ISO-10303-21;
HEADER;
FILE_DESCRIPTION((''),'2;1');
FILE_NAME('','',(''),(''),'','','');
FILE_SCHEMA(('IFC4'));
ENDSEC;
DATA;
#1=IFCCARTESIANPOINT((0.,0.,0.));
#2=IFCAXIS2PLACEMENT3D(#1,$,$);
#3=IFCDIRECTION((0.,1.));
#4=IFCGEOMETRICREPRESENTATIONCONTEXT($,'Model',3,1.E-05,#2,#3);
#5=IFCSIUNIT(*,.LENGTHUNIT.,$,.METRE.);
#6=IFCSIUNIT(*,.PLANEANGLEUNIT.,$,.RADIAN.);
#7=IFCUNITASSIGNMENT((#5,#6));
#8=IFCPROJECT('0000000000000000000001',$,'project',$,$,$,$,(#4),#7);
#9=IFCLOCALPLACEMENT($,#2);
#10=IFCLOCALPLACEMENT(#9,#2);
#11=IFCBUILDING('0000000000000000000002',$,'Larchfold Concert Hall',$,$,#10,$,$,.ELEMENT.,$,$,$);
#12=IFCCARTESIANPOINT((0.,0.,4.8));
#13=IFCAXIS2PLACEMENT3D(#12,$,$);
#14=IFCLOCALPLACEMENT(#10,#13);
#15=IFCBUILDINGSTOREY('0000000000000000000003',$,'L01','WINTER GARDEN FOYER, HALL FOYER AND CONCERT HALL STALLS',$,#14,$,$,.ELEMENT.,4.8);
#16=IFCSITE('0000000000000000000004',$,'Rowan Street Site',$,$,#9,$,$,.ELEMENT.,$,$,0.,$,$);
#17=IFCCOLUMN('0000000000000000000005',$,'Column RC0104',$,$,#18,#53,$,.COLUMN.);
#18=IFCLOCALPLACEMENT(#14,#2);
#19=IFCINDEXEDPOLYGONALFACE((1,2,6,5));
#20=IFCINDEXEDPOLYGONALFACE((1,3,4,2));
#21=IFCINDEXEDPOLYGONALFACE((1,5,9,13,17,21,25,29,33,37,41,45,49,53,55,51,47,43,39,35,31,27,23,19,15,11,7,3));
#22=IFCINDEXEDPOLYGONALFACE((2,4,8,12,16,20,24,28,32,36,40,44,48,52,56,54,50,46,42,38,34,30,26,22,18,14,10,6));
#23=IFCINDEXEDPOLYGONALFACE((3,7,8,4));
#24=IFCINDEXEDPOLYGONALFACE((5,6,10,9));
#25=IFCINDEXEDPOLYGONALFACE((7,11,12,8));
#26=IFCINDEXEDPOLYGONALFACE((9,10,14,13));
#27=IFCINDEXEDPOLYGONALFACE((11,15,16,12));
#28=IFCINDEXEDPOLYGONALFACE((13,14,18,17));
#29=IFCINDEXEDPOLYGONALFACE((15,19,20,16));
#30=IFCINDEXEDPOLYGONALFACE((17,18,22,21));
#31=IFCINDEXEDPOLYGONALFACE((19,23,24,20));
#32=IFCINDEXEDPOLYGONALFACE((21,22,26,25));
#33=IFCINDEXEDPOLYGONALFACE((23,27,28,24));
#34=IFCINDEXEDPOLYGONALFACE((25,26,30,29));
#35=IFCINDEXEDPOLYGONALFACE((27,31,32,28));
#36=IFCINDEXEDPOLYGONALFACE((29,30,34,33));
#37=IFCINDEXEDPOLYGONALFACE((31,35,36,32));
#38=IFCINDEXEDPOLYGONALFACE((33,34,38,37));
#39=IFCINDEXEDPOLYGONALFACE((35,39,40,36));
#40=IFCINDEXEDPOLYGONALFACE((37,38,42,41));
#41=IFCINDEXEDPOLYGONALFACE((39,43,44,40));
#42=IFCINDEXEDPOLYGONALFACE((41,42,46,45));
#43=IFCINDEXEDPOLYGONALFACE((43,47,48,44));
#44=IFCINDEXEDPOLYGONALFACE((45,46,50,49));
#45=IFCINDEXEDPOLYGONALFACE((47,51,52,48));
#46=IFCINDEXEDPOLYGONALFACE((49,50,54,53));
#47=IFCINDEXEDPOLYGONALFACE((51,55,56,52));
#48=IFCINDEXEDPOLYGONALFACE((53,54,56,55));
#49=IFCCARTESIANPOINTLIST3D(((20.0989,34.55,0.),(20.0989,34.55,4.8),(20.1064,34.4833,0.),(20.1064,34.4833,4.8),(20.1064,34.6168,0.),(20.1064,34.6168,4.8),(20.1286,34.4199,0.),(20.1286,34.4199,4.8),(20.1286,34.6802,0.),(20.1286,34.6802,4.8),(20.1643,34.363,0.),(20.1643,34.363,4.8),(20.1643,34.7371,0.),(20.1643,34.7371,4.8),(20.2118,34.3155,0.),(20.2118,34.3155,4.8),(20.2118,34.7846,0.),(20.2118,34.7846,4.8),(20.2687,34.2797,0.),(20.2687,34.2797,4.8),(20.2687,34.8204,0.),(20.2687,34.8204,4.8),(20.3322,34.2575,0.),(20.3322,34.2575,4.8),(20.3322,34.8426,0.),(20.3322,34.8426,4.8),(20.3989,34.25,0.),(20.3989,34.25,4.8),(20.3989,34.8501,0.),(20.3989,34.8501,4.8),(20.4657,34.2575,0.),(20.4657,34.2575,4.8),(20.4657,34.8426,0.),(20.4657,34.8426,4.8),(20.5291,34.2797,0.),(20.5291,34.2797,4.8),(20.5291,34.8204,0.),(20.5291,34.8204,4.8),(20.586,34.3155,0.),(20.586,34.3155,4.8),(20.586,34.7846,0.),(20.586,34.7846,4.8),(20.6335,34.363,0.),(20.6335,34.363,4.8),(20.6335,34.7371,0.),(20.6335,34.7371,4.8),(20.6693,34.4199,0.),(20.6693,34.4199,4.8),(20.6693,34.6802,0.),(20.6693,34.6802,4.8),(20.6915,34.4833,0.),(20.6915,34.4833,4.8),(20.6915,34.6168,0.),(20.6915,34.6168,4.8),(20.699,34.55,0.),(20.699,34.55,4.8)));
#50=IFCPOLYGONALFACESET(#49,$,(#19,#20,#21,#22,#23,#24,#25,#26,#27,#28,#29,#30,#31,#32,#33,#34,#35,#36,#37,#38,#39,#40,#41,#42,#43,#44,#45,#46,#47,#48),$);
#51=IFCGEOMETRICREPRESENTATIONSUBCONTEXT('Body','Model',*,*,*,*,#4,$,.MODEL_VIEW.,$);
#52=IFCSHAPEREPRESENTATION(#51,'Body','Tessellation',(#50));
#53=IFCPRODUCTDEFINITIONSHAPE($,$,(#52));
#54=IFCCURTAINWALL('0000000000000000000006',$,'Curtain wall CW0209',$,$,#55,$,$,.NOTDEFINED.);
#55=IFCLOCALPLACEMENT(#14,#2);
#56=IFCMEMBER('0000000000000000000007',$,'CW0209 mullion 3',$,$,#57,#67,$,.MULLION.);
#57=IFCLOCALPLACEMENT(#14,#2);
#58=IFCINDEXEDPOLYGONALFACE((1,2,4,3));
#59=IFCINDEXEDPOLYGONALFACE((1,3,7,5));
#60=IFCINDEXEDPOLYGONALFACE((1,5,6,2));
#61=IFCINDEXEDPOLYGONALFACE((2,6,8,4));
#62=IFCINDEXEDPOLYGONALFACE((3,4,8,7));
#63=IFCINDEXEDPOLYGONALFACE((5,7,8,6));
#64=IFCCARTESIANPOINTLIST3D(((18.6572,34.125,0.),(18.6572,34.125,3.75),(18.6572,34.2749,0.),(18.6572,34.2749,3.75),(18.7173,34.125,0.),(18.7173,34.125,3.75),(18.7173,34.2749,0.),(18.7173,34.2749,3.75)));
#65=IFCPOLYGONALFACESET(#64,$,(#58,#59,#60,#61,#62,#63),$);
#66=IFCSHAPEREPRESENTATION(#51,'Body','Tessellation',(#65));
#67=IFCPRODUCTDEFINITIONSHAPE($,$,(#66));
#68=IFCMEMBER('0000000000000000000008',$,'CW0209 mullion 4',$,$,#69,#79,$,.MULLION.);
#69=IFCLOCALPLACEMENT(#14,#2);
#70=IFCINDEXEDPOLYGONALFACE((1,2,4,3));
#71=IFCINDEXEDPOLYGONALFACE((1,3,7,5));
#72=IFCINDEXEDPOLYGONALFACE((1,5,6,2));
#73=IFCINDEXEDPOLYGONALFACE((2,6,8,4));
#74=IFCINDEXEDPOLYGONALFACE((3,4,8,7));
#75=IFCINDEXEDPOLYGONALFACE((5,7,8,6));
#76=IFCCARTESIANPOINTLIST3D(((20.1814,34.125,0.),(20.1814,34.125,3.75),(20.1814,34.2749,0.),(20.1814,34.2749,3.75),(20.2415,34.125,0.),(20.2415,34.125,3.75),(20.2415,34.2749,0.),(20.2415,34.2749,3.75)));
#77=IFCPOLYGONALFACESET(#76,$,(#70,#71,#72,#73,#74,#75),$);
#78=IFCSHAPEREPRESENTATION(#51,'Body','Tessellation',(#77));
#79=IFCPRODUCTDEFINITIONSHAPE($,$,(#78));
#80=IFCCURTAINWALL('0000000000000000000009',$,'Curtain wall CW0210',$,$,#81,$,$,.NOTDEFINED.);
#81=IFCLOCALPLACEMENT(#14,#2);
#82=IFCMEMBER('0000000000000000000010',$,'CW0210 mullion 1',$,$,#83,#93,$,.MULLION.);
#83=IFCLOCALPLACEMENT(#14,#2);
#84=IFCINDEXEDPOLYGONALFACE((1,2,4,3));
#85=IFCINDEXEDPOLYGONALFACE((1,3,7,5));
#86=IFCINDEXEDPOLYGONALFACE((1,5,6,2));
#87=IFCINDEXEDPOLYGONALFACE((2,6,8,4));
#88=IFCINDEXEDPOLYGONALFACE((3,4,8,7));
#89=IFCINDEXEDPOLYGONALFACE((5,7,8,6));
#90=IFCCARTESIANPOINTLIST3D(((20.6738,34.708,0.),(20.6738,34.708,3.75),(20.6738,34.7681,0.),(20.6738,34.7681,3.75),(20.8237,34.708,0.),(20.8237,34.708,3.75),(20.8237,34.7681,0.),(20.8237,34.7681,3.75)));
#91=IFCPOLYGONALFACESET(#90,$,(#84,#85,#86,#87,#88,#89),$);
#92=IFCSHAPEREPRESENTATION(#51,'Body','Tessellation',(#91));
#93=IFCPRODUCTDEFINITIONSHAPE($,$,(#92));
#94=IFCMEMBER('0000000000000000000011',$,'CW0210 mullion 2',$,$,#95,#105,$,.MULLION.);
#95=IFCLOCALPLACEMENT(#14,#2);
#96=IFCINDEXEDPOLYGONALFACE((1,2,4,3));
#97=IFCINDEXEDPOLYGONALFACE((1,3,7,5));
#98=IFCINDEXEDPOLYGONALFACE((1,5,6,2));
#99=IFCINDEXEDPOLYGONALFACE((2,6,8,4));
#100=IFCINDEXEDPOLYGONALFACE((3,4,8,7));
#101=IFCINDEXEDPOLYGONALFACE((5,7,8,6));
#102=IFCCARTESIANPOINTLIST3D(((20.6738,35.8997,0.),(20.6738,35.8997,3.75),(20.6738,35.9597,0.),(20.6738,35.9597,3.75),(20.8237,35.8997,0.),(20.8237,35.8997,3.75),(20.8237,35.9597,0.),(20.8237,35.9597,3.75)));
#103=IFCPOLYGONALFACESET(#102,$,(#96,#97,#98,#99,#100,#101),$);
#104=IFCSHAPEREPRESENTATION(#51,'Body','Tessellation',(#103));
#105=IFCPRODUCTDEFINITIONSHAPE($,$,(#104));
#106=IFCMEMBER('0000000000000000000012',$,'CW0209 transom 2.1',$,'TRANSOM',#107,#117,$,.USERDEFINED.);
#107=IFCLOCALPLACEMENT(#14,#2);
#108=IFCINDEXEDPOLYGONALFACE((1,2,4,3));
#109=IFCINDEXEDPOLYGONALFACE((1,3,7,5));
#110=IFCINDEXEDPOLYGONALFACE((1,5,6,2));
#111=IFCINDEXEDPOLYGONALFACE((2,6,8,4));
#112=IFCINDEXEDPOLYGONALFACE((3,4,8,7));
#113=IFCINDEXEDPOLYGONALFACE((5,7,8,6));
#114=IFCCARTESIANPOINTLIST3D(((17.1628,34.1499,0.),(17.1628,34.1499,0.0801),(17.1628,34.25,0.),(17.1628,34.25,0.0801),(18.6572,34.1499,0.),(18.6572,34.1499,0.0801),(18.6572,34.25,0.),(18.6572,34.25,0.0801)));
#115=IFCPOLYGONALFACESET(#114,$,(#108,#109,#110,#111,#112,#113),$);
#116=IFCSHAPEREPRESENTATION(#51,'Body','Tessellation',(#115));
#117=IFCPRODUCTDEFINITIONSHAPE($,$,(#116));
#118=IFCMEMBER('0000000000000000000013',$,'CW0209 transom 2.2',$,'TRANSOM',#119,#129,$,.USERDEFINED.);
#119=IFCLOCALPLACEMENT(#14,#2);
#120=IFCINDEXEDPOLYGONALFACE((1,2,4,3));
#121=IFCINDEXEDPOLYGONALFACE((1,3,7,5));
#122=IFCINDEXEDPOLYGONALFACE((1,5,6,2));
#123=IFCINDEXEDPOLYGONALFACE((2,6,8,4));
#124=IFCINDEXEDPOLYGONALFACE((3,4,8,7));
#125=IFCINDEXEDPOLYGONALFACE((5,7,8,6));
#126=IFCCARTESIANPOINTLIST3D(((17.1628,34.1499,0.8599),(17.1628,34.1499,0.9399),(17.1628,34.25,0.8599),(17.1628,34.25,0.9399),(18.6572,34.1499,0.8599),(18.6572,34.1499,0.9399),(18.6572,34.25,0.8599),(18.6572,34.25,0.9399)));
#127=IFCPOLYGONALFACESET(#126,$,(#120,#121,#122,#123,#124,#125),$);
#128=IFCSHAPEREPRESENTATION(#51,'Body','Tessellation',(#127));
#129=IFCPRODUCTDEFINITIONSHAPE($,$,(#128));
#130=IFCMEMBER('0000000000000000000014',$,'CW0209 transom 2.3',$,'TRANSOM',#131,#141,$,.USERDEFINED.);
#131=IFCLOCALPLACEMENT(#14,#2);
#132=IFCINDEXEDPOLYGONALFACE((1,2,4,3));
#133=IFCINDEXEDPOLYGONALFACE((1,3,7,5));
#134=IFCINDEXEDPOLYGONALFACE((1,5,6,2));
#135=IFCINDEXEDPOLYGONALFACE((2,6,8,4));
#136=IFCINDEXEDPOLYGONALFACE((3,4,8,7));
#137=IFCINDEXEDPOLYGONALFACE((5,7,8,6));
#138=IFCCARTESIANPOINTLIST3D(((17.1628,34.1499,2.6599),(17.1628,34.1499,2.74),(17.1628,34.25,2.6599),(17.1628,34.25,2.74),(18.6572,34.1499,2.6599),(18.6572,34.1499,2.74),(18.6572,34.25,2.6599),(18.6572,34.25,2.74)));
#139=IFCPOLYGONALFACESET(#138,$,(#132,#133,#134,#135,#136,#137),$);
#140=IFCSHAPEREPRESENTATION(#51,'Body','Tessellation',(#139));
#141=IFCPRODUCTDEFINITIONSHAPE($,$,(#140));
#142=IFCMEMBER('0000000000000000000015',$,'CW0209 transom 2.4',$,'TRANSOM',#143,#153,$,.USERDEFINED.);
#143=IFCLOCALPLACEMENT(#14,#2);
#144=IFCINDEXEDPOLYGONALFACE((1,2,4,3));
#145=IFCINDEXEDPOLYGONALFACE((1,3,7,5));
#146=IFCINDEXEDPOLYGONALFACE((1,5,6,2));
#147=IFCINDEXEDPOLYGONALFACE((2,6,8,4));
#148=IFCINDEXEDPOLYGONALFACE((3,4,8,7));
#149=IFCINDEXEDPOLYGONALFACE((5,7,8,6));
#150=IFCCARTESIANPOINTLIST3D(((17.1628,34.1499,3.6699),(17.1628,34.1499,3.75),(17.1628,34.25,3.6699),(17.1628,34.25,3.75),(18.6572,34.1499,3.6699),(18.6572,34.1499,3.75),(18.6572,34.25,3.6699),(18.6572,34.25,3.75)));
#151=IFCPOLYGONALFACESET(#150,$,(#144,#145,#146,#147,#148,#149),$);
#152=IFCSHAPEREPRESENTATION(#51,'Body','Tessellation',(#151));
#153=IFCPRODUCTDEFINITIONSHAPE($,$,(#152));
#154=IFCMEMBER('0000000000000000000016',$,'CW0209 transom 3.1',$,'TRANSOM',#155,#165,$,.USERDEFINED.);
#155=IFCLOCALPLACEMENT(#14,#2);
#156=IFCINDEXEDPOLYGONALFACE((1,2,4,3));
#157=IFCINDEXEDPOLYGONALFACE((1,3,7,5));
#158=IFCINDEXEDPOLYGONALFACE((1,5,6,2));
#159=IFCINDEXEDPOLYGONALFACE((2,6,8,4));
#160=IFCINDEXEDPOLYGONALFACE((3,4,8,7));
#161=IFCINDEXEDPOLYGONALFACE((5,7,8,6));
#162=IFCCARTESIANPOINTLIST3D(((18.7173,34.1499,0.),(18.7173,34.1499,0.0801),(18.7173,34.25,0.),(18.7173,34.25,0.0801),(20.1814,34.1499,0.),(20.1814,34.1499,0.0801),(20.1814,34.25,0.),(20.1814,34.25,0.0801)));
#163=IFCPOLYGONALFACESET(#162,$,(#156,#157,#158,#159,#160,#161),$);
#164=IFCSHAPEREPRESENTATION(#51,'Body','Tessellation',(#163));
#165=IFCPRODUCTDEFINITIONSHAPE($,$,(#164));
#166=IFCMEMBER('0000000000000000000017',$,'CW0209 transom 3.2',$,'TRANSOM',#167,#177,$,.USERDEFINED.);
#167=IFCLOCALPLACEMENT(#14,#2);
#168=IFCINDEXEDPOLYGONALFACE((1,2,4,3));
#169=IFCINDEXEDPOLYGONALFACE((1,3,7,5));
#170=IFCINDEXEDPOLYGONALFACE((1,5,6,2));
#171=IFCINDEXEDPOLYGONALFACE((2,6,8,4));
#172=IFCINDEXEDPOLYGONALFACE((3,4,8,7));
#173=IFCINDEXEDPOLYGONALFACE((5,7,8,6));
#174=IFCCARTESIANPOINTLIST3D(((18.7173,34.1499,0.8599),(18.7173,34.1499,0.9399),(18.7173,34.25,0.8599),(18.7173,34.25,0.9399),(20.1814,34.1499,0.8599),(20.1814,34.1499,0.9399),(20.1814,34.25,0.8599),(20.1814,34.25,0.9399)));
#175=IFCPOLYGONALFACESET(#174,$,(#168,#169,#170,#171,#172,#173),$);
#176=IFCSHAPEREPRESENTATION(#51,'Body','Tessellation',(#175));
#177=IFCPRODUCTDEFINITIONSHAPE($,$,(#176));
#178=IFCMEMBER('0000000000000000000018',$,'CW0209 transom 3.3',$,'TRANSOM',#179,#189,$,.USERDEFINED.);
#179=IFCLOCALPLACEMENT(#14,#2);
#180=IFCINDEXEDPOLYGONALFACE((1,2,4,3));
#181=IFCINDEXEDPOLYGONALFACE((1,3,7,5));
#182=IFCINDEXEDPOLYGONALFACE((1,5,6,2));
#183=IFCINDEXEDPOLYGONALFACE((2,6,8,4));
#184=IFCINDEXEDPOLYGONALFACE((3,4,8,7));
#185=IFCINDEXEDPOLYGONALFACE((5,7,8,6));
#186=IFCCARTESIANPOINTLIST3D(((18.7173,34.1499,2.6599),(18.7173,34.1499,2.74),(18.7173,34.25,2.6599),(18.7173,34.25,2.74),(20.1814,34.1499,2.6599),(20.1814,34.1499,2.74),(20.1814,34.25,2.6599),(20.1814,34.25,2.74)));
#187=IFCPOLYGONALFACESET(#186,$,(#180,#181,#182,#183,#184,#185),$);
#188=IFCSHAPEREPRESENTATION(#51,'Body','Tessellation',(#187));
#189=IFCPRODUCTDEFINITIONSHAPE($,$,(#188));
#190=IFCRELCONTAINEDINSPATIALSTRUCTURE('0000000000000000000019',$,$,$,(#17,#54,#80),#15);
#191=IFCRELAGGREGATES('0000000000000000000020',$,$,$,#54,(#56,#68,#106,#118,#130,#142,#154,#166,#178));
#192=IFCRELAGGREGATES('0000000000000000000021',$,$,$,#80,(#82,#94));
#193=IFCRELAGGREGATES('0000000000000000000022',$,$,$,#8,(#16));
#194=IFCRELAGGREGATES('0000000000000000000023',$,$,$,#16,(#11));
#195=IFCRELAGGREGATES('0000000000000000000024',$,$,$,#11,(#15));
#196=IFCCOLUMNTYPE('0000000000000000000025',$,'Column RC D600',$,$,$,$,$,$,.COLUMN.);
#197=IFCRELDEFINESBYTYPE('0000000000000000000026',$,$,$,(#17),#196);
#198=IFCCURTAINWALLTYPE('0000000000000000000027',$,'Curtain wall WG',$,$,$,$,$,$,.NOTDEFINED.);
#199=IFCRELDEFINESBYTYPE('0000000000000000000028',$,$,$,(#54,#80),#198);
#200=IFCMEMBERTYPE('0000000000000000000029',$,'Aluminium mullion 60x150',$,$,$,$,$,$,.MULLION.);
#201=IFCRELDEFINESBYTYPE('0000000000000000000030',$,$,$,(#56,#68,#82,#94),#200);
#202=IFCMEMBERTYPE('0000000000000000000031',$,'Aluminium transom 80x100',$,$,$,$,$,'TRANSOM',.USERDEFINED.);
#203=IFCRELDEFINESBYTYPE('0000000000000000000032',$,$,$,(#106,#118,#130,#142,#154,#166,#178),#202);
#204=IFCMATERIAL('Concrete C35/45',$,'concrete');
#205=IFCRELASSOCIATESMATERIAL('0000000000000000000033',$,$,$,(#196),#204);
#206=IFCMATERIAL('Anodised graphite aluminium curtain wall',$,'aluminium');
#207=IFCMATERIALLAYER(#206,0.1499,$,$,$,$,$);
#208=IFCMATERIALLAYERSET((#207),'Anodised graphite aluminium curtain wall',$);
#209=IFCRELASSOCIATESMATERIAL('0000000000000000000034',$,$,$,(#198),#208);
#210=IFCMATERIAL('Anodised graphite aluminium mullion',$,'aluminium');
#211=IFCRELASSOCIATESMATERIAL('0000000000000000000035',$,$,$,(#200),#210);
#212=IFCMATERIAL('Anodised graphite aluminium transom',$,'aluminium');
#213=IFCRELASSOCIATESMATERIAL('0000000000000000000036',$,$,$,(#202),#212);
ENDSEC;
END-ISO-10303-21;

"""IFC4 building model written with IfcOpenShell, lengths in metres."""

from ifc_helpers import new_model, si_unit, direction, frame, origin, origin_2d, place, context, subcontext, project, spatial, rectangle, circle, extrude, material, layer, layer_set, material_profile, profile_set, type_object, element, aggregate, save


model = new_model("IFC4")

# Units and contexts
model_context = context("Model", 3, precision=1e-05, world=origin(), true_north=direction((0.0, 1.0)))
body_context = subcontext(model_context, "Body", "Model", "MODEL_VIEW")
ifc_project = project(units=[si_unit("LENGTHUNIT", "METRE"), si_unit("PLANEANGLEUNIT", "RADIAN")], contexts=[model_context])

# Site, building, storey
site_placement = place(None, origin())
site = spatial("IfcSite", under=ifc_project, at=site_placement, Name="Rowan Street Site", CompositionType="ELEMENT", RefElevation=0.0)
building_placement = place(site_placement, origin())
building = spatial("IfcBuilding", under=site, at=building_placement, Name="Larchfold Concert Hall", CompositionType="ELEMENT")
storey_placement = place(building_placement, frame((0.0, 0.0, 4.8)))
storey = spatial("IfcBuildingStorey", under=building, at=storey_placement, Name="L01", Description="WINTER GARDEN FOYER, HALL FOYER AND CONCERT HALL STALLS", CompositionType="ELEMENT", Elevation=4.8)

# Column
ifc_material_1 = material(Name="Concrete C35/45", Category="concrete")
ifc_material_profile_1 = material_profile(ifc_material_1, circle(Radius=0.3, at=origin_2d()))
ifc_profile_set_1 = profile_set([ifc_material_profile_1], Name="Concrete C35/45")
column_type = type_object("IfcColumnType", Name="Column RC D600", PredefinedType="COLUMN", material=ifc_profile_set_1)
column_placement = place(storey_placement, frame((20.3989, 34.55, 0.0), z_axis=(0.0, 0.0, 1.0), x_axis=(1.0, 0.0, 0.0)))
element("IfcColumn", 1, at=column_placement, inside=storey, type_object=column_type, Name="Column RC0104", PredefinedType="COLUMN", context=body_context, shape_type="SweptSolid", body=[
    extrude(circle(Radius=0.3, at=origin_2d()), origin(), (0.0, 0.0, 1.0), 4.8),
])

# Curtain walls, members
ifc_material_2 = material(Name="Anodised graphite aluminium curtain wall", Category="aluminium")
ifc_layer_1 = layer(ifc_material_2, 0.1499)
ifc_layer_set_1 = layer_set([ifc_layer_1], Name="Anodised graphite aluminium curtain wall")
curtain_wall_type = type_object("IfcCurtainWallType", Name="Curtain wall WG", PredefinedType="NOTDEFINED", material=ifc_layer_set_1)
curtain_wall_1_placement = place(storey_placement, origin())
curtain_wall_1 = element("IfcCurtainWall", 2, at=curtain_wall_1_placement, inside=storey, type_object=curtain_wall_type, Name="Curtain wall CW0209", PredefinedType="NOTDEFINED")
ifc_material_3 = material(Name="Anodised graphite aluminium mullion", Category="aluminium")
ifc_material_profile_2 = material_profile(ifc_material_3, rectangle(XDim=0.1499, YDim=0.0601, at=origin_2d()))
ifc_profile_set_2 = profile_set([ifc_material_profile_2], Name="Anodised graphite aluminium mullion")
member_type_1 = type_object("IfcMemberType", Name="Aluminium mullion 60x150", PredefinedType="MULLION", material=ifc_profile_set_2)
member_1_placement = place(storey_placement, frame((18.6873, 34.2, 0.0), z_axis=(0.0, 0.0, 1.0), x_axis=(0.0, 1.0, 0.0)))
member_1 = element("IfcMember", 3, at=member_1_placement, type_object=member_type_1, Name="CW0209 mullion 3", PredefinedType="MULLION", context=body_context, shape_type="SweptSolid", body=[
    extrude(rectangle(XDim=0.1499, YDim=0.0601, at=origin_2d()), origin(), (0.0, 0.0, 1.0), 3.75),
])
member_2_placement = place(storey_placement, frame((20.2114, 34.2, 0.0), z_axis=(0.0, 0.0, 1.0), x_axis=(0.0, 1.0, 0.0)))
member_2 = element("IfcMember", 4, at=member_2_placement, type_object=member_type_1, Name="CW0209 mullion 4", PredefinedType="MULLION", context=body_context, shape_type="SweptSolid", body=[
    extrude(rectangle(XDim=0.1499, YDim=0.0601, at=origin_2d()), origin(), (0.0, 0.0, 1.0), 3.75),
])
curtain_wall_2_placement = place(storey_placement, origin())
curtain_wall_2 = element("IfcCurtainWall", 5, at=curtain_wall_2_placement, inside=storey, type_object=curtain_wall_type, Name="Curtain wall CW0210", PredefinedType="NOTDEFINED")
member_3_placement = place(storey_placement, frame((20.7488, 34.738, 0.0), z_axis=(0.0, 0.0, 1.0), x_axis=(-1.0, 0.0, 0.0)))
member_3 = element("IfcMember", 6, at=member_3_placement, type_object=member_type_1, Name="CW0210 mullion 1", PredefinedType="MULLION", context=body_context, shape_type="SweptSolid", body=[
    extrude(rectangle(XDim=0.1499, YDim=0.0601, at=origin_2d()), origin(), (0.0, 0.0, 1.0), 3.75),
])
member_4_placement = place(storey_placement, frame((20.7488, 35.9297, 0.0), z_axis=(0.0, 0.0, 1.0), x_axis=(-1.0, 0.0, 0.0)))
member_4 = element("IfcMember", 7, at=member_4_placement, type_object=member_type_1, Name="CW0210 mullion 2", PredefinedType="MULLION", context=body_context, shape_type="SweptSolid", body=[
    extrude(rectangle(XDim=0.1499, YDim=0.0601, at=origin_2d()), origin(), (0.0, 0.0, 1.0), 3.75),
])

# Members
ifc_material_4 = material(Name="Anodised graphite aluminium transom", Category="aluminium")
ifc_material_profile_3 = material_profile(ifc_material_4, rectangle(XDim=0.1001, YDim=0.0801, at=origin_2d()))
ifc_profile_set_3 = profile_set([ifc_material_profile_3], Name="Anodised graphite aluminium transom")
member_type_2 = type_object("IfcMemberType", Name="Aluminium transom 80x100", ElementType="TRANSOM", PredefinedType="USERDEFINED", material=ifc_profile_set_3)
member_5_placement = place(storey_placement, frame((17.1628, 34.2, 0.04), z_axis=(1.0, 0.0, 0.0), x_axis=(0.0, 1.0, 0.0)))
member_5 = element("IfcMember", 8, at=member_5_placement, type_object=member_type_2, Name="CW0209 transom 2.1", ObjectType="TRANSOM", PredefinedType="USERDEFINED", context=body_context, shape_type="SweptSolid", body=[
    extrude(rectangle(XDim=0.1001, YDim=0.0801, at=origin_2d()), origin(), (0.0, 0.0, 1.0), 1.4944),
])
member_6_placement = place(storey_placement, frame((17.1628, 34.2, 0.8999), z_axis=(1.0, 0.0, 0.0), x_axis=(0.0, 1.0, 0.0)))
member_6 = element("IfcMember", 9, at=member_6_placement, type_object=member_type_2, Name="CW0209 transom 2.2", ObjectType="TRANSOM", PredefinedType="USERDEFINED", context=body_context, shape_type="SweptSolid", body=[
    extrude(rectangle(XDim=0.1001, YDim=0.0801, at=origin_2d()), origin(), (0.0, 0.0, 1.0), 1.4944),
])
member_7_placement = place(storey_placement, frame((17.1628, 34.2, 2.7), z_axis=(1.0, 0.0, 0.0), x_axis=(0.0, 1.0, 0.0)))
member_7 = element("IfcMember", 10, at=member_7_placement, type_object=member_type_2, Name="CW0209 transom 2.3", ObjectType="TRANSOM", PredefinedType="USERDEFINED", context=body_context, shape_type="SweptSolid", body=[
    extrude(rectangle(XDim=0.1001, YDim=0.0801, at=origin_2d()), origin(), (0.0, 0.0, 1.0), 1.4944),
])
member_8_placement = place(storey_placement, frame((17.1628, 34.2, 3.71), z_axis=(1.0, 0.0, 0.0), x_axis=(0.0, 1.0, 0.0)))
member_8 = element("IfcMember", 11, at=member_8_placement, type_object=member_type_2, Name="CW0209 transom 2.4", ObjectType="TRANSOM", PredefinedType="USERDEFINED", context=body_context, shape_type="SweptSolid", body=[
    extrude(rectangle(XDim=0.1001, YDim=0.0801, at=origin_2d()), origin(), (0.0, 0.0, 1.0), 1.4944),
])
member_9_placement = place(storey_placement, frame((18.7173, 34.2, 0.04), z_axis=(1.0, 0.0, 0.0), x_axis=(0.0, 1.0, 0.0)))
member_9 = element("IfcMember", 12, at=member_9_placement, type_object=member_type_2, Name="CW0209 transom 3.1", ObjectType="TRANSOM", PredefinedType="USERDEFINED", context=body_context, shape_type="SweptSolid", body=[
    extrude(rectangle(XDim=0.1001, YDim=0.0801, at=origin_2d()), origin(), (0.0, 0.0, 1.0), 1.4641),
])
member_10_placement = place(storey_placement, frame((18.7173, 34.2, 0.8999), z_axis=(1.0, 0.0, 0.0), x_axis=(0.0, 1.0, 0.0)))
member_10 = element("IfcMember", 13, at=member_10_placement, type_object=member_type_2, Name="CW0209 transom 3.2", ObjectType="TRANSOM", PredefinedType="USERDEFINED", context=body_context, shape_type="SweptSolid", body=[
    extrude(rectangle(XDim=0.1001, YDim=0.0801, at=origin_2d()), origin(), (0.0, 0.0, 1.0), 1.4641),
])
member_11_placement = place(storey_placement, frame((18.7173, 34.2, 2.7), z_axis=(1.0, 0.0, 0.0), x_axis=(0.0, 1.0, 0.0)))
member_11 = element("IfcMember", 14, at=member_11_placement, type_object=member_type_2, Name="CW0209 transom 3.3", ObjectType="TRANSOM", PredefinedType="USERDEFINED", context=body_context, shape_type="SweptSolid", body=[
    extrude(rectangle(XDim=0.1001, YDim=0.0801, at=origin_2d()), origin(), (0.0, 0.0, 1.0), 1.4641),
])

aggregate(curtain_wall_1, [member_1, member_2, member_5, member_6, member_7, member_8, member_9, member_10, member_11])
aggregate(curtain_wall_2, [member_3, member_4])

save(model, "model.ifc")
